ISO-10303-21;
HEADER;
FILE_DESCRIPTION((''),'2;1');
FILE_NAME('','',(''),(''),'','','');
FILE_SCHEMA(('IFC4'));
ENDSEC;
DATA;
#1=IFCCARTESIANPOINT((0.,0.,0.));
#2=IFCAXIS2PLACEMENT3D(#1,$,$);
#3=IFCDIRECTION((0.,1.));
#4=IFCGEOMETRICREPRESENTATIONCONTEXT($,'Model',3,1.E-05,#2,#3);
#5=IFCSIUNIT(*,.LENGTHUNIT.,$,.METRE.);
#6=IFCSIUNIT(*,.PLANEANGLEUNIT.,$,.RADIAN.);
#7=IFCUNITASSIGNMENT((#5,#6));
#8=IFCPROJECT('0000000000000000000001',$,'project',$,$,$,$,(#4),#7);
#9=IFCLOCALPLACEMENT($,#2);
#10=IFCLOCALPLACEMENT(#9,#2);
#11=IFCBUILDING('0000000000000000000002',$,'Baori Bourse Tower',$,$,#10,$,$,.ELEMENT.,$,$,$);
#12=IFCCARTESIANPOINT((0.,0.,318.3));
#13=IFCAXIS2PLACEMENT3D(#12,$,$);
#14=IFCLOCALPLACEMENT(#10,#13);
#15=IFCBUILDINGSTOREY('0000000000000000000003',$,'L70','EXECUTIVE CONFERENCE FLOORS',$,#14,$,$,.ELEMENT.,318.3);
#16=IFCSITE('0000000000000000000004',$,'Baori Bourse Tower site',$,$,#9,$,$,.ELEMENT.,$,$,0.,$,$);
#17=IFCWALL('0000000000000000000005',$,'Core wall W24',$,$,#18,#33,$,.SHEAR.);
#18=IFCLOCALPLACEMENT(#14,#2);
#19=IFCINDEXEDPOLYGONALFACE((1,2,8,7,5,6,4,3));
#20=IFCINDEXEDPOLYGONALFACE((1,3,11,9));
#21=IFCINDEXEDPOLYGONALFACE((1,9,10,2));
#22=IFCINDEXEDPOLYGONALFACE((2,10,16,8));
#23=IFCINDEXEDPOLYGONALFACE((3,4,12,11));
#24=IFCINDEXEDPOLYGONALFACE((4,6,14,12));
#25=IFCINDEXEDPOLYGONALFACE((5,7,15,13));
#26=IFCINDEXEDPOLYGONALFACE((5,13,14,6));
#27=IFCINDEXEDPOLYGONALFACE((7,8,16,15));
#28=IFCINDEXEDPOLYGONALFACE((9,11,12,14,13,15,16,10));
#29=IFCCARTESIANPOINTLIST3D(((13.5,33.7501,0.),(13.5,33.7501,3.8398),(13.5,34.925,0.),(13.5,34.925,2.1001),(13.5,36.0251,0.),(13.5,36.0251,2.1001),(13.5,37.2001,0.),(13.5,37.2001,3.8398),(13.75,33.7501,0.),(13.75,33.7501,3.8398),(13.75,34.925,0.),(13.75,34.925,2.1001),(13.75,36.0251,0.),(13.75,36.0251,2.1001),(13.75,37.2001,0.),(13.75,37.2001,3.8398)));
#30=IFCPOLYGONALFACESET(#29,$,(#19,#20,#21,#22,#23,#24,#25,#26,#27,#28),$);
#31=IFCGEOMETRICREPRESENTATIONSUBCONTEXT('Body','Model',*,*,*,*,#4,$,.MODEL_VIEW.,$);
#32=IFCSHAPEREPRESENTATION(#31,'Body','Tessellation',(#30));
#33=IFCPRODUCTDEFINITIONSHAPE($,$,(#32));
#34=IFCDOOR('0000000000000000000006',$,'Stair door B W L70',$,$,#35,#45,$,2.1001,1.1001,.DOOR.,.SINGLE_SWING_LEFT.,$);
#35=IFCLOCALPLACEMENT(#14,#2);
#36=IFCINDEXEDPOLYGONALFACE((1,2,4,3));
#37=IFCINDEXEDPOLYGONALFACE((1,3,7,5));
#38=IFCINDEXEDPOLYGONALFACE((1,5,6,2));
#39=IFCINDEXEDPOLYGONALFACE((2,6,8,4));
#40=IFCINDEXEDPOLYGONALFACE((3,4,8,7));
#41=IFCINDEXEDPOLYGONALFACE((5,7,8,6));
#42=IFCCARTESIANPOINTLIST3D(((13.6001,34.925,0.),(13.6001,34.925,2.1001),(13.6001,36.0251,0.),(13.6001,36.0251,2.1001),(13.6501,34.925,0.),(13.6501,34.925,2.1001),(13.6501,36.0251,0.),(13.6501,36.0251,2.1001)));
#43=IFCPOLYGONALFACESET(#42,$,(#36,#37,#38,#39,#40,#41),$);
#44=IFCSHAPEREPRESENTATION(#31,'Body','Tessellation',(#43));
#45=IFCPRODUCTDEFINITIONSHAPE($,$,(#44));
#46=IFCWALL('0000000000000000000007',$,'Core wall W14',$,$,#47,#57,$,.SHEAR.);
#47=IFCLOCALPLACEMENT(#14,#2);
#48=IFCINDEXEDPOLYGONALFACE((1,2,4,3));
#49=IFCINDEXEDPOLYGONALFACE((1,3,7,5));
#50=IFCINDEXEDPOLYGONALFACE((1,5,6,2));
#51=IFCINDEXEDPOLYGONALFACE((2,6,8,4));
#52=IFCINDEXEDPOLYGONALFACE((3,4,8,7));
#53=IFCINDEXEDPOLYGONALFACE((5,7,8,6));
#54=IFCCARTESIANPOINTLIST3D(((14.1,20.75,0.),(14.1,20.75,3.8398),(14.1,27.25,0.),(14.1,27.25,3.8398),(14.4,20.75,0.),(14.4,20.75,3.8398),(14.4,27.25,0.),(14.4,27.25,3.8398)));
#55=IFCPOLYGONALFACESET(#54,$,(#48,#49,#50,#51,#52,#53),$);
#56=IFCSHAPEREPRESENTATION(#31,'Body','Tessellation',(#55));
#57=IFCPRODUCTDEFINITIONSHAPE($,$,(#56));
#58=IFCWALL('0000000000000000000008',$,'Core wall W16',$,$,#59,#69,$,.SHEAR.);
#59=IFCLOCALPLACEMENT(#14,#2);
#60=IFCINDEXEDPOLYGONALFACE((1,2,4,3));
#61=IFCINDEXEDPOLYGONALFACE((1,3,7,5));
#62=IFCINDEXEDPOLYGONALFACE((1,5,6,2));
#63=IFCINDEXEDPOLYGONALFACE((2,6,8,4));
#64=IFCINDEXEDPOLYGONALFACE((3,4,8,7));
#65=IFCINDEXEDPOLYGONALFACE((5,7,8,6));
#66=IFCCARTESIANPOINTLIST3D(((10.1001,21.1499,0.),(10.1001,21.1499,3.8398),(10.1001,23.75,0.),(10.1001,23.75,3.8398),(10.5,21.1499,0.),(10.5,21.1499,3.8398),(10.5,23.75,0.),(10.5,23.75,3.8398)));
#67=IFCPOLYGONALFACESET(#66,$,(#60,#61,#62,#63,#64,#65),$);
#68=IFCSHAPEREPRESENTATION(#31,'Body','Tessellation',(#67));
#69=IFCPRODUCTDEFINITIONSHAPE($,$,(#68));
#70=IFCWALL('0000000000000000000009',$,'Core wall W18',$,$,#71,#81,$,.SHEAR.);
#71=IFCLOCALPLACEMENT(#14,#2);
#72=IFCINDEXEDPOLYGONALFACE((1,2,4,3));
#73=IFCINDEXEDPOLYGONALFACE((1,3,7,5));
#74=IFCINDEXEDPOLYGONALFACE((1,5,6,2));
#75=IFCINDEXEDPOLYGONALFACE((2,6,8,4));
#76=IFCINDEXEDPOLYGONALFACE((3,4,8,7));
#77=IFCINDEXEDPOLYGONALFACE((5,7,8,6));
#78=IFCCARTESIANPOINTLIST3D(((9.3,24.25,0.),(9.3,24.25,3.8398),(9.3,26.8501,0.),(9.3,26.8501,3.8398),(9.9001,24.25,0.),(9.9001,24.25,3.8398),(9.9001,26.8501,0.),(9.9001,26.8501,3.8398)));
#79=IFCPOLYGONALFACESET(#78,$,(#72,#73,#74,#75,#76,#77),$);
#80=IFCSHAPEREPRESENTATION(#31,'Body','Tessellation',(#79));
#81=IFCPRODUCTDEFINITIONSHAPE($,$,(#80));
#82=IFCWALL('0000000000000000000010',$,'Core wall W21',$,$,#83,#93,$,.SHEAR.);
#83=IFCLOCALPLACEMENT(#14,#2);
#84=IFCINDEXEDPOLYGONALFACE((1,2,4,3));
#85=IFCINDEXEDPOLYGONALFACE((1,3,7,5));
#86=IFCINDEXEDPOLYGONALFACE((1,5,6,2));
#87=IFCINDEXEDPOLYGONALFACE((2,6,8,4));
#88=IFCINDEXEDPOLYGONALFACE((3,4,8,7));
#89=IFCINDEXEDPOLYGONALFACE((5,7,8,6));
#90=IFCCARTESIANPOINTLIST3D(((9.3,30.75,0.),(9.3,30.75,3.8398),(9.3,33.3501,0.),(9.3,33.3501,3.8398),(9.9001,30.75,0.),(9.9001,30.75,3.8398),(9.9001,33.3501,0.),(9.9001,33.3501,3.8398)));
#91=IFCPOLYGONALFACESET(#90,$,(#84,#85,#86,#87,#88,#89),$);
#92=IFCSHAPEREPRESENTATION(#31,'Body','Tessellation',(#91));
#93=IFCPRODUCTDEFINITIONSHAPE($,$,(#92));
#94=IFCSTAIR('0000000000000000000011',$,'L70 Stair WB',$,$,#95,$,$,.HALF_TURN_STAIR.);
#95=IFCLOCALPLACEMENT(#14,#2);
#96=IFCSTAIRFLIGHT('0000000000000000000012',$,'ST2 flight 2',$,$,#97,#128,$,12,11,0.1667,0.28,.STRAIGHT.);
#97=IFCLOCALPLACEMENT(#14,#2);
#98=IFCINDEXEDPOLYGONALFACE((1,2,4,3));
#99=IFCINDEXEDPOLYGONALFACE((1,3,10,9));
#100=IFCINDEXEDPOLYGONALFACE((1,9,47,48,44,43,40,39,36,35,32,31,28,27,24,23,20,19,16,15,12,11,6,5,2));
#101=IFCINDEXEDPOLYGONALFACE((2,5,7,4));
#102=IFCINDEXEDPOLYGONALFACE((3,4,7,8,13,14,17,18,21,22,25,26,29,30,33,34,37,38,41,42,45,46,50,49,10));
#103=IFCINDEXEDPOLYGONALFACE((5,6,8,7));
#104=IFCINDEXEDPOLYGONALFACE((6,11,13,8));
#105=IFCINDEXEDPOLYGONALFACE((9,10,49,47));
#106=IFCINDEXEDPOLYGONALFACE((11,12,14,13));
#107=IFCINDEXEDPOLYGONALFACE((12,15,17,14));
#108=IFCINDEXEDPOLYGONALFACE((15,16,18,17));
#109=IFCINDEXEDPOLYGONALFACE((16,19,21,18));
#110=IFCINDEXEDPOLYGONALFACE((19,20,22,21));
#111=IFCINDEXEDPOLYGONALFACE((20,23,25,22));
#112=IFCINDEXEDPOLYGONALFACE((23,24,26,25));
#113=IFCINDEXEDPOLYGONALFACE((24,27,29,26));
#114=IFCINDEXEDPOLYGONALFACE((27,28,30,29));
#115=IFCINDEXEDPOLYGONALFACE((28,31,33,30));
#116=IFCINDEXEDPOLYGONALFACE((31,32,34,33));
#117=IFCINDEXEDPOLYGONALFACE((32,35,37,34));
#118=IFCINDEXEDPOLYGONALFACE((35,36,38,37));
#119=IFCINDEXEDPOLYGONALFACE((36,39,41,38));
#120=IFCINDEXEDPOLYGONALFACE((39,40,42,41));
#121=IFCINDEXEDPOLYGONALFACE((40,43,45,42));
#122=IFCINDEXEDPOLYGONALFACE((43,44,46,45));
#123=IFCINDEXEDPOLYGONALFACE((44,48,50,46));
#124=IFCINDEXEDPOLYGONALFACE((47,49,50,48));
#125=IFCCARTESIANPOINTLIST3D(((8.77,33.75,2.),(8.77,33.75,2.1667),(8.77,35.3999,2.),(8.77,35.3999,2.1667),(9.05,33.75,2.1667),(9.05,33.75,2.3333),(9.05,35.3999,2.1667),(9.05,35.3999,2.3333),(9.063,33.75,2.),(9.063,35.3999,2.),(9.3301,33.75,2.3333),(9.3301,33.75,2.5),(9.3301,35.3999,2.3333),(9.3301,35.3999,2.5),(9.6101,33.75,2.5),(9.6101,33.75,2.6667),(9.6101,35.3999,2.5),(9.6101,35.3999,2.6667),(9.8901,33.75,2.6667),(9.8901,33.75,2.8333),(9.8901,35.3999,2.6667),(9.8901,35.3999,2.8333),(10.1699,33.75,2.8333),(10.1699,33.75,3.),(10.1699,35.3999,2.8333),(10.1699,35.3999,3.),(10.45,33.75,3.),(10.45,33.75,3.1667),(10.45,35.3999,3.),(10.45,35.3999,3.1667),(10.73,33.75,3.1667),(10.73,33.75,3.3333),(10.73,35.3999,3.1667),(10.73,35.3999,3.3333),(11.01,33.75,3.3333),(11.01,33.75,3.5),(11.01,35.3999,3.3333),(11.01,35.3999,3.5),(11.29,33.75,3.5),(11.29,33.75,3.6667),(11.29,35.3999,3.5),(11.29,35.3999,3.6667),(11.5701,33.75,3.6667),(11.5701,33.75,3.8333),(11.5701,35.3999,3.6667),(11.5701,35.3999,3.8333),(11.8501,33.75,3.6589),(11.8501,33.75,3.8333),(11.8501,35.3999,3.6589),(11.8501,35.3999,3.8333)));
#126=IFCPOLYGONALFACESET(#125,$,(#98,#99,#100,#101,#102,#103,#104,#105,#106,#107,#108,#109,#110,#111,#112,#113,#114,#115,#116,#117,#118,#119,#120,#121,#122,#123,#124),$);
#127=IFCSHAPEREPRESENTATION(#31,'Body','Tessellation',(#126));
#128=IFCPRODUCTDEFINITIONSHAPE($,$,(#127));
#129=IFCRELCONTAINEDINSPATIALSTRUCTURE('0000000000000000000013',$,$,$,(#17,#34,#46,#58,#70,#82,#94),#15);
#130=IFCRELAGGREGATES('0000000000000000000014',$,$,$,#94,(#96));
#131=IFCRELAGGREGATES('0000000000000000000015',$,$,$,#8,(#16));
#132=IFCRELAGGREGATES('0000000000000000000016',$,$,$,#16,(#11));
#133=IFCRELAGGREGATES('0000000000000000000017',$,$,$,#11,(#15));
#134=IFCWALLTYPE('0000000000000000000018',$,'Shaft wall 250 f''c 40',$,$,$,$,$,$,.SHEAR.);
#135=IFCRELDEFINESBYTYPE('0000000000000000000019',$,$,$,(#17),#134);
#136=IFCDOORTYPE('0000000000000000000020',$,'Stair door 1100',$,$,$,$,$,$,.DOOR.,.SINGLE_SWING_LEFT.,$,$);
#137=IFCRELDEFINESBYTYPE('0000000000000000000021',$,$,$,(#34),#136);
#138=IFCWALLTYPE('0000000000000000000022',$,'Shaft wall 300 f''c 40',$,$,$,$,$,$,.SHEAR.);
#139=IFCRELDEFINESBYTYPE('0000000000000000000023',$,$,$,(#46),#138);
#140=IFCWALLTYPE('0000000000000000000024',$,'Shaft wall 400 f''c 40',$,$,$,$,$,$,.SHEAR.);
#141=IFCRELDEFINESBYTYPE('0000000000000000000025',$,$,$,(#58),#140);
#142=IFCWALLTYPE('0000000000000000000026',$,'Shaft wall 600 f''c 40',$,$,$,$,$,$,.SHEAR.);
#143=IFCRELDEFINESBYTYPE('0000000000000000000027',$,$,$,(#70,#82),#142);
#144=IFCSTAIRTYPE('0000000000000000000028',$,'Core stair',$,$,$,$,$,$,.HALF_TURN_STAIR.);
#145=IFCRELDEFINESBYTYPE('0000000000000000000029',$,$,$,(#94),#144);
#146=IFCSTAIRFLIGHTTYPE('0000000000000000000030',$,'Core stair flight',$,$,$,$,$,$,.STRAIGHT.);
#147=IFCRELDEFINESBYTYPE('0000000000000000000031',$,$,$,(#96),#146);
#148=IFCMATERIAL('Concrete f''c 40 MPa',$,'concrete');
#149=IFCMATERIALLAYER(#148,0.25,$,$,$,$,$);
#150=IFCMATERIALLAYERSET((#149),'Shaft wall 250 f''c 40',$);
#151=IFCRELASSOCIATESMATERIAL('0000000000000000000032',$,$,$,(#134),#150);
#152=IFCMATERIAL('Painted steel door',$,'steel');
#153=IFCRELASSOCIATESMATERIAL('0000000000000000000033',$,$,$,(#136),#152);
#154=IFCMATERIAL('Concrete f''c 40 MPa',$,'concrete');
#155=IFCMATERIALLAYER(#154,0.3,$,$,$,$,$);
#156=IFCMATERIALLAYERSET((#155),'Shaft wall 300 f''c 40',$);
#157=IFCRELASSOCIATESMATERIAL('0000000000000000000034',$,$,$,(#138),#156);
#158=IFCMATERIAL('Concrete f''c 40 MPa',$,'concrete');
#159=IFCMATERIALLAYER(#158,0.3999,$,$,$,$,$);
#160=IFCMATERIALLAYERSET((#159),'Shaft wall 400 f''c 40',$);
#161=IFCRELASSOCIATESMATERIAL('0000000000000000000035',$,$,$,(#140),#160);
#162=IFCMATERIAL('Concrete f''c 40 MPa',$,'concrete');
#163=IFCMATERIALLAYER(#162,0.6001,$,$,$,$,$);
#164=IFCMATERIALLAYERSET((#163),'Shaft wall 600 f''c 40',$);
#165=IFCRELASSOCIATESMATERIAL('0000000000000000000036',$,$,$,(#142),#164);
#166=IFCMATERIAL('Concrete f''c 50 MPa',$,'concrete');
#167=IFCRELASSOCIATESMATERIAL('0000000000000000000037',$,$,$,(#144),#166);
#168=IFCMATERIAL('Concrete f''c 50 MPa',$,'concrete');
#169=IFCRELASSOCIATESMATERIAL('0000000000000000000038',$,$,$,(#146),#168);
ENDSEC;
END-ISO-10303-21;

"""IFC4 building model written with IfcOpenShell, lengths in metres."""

from ifc_helpers import new_model, si_unit, direction, frame, frame_2d, origin, place, context, subcontext, project, spatial, polyline, rectangle, outline, extrude, material, layer, layer_set, type_object, element, fill, aggregate, save


model = new_model("IFC4")

# Units and contexts
model_context = context("Model", 3, precision=1e-05, world=origin(), true_north=direction((0.0, 1.0)))
body_context = subcontext(model_context, "Body", "Model", "MODEL_VIEW")
ifc_project = project(units=[si_unit("LENGTHUNIT", "METRE"), si_unit("PLANEANGLEUNIT", "RADIAN")], contexts=[model_context])

# Site, building, storey
site_placement = place(None, origin())
site = spatial("IfcSite", under=ifc_project, at=site_placement, Name="Baori Bourse Tower site", CompositionType="ELEMENT", RefElevation=0.0)
building_placement = place(site_placement, origin())
building = spatial("IfcBuilding", under=site, at=building_placement, Name="Baori Bourse Tower", CompositionType="ELEMENT")
storey_placement = place(building_placement, frame((0.0, 0.0, 318.3)))
storey = spatial("IfcBuildingStorey", under=building, at=storey_placement, Name="L70", Description="EXECUTIVE CONFERENCE FLOORS", CompositionType="ELEMENT", Elevation=318.3)

# Wall, opening, door
ifc_material_1 = material(Name="Concrete f'c 40 MPa", Category="concrete")
ifc_layer_1 = layer(ifc_material_1, 0.25)
ifc_layer_set_1 = layer_set([ifc_layer_1], Name="Shaft wall 250 f'c 40")
wall_type_1 = type_object("IfcWallType", Name="Shaft wall 250 f'c 40", PredefinedType="SHEAR", material=ifc_layer_set_1)
wall_1_placement = place(storey_placement, frame((13.625, 33.75, 0.0), z_axis=(0.0, 0.0, 1.0), x_axis=(0.0, 1.0, 0.0)))
wall_1 = element("IfcWall", 1, at=wall_1_placement, inside=storey, type_object=wall_type_1, Name="Core wall W24", PredefinedType="SHEAR", context=body_context, shape_type="SweptSolid", body=[
    extrude(rectangle(XDim=3.45, YDim=0.25, at=frame_2d((1.7251, 0.0))), origin(), (0.0, 0.0, 1.0), 3.8398),
])
opening_placement = place(wall_1_placement, frame((1.175, 0.0, 0.0)))
opening = element("IfcOpeningElement", 2, at=opening_placement, cuts=wall_1, PredefinedType="OPENING", context=body_context, shape_type="SweptSolid", body=[
    extrude(rectangle(XDim=1.1001, YDim=2.1001, at=frame_2d((0.55, 1.05))), frame((0.0, 0.135, 0.0), z_axis=(0.0, -1.0, 0.0), x_axis=(1.0, 0.0, 0.0)), (0.0, 0.0, 1.0), 0.27),
])
ifc_material_2 = material(Name="Painted steel door", Category="steel")
door_type = type_object("IfcDoorType", Name="Stair door 1100", OperationType="SINGLE_SWING_LEFT", PredefinedType="DOOR", material=ifc_material_2)
door_placement = place(opening_placement, origin())
door = element("IfcDoor", 3, at=door_placement, inside=storey, type_object=door_type, Name="Stair door B W L70", OperationType="SINGLE_SWING_LEFT", OverallHeight=2.1001, OverallWidth=1.1001, PredefinedType="DOOR", context=body_context, shape_type="SweptSolid", body=[
    extrude(rectangle(XDim=1.1001, YDim=2.1001, at=frame_2d((0.55, 1.05))), frame((0.0, 0.0249, 0.0), z_axis=(0.0, -1.0, 0.0), x_axis=(1.0, 0.0, 0.0)), (0.0, 0.0, 1.0), 0.05),
])
fill(opening, door)

# Walls
ifc_material_3 = material(Name="Concrete f'c 40 MPa", Category="concrete")
ifc_layer_2 = layer(ifc_material_3, 0.3)
ifc_layer_set_2 = layer_set([ifc_layer_2], Name="Shaft wall 300 f'c 40")
wall_type_2 = type_object("IfcWallType", Name="Shaft wall 300 f'c 40", PredefinedType="SHEAR", material=ifc_layer_set_2)
wall_2_placement = place(storey_placement, frame((14.25, 20.75, 0.0), z_axis=(0.0, 0.0, 1.0), x_axis=(0.0, 1.0, 0.0)))
element("IfcWall", 4, at=wall_2_placement, inside=storey, type_object=wall_type_2, Name="Core wall W14", PredefinedType="SHEAR", context=body_context, shape_type="SweptSolid", body=[
    extrude(rectangle(XDim=6.5, YDim=0.3, at=frame_2d((3.25, 0.0))), origin(), (0.0, 0.0, 1.0), 3.8398),
])
ifc_material_4 = material(Name="Concrete f'c 40 MPa", Category="concrete")
ifc_layer_3 = layer(ifc_material_4, 0.3999)
ifc_layer_set_3 = layer_set([ifc_layer_3], Name="Shaft wall 400 f'c 40")
wall_type_3 = type_object("IfcWallType", Name="Shaft wall 400 f'c 40", PredefinedType="SHEAR", material=ifc_layer_set_3)
wall_3_placement = place(storey_placement, frame((10.3, 21.1499, 0.0), z_axis=(0.0, 0.0, 1.0), x_axis=(0.0, 1.0, 0.0)))
element("IfcWall", 5, at=wall_3_placement, inside=storey, type_object=wall_type_3, Name="Core wall W16", PredefinedType="SHEAR", context=body_context, shape_type="SweptSolid", body=[
    extrude(rectangle(XDim=2.6001, YDim=0.3999, at=frame_2d((1.3, 0.0))), origin(), (0.0, 0.0, 1.0), 3.8398),
])
ifc_material_5 = material(Name="Concrete f'c 40 MPa", Category="concrete")
ifc_layer_4 = layer(ifc_material_5, 0.6001)
ifc_layer_set_4 = layer_set([ifc_layer_4], Name="Shaft wall 600 f'c 40")
wall_type_4 = type_object("IfcWallType", Name="Shaft wall 600 f'c 40", PredefinedType="SHEAR", material=ifc_layer_set_4)
for number, where, z_axis, x_axis, name in (
    (6, (9.6001, 24.25, 0.0), (0.0, 0.0, 1.0), (0.0, 1.0, 0.0), "Core wall W18"),
    (7, (9.6001, 30.75, 0.0), (0.0, 0.0, 1.0), (0.0, 1.0, 0.0), "Core wall W21"),
):
    element("IfcWall", number, at=place(storey_placement, frame(where, z_axis=z_axis, x_axis=x_axis)), inside=storey, type_object=wall_type_4, Name=name, PredefinedType="SHEAR", context=body_context, shape_type="SweptSolid", body=[
        extrude(rectangle(XDim=2.6001, YDim=0.6001, at=frame_2d((1.3, 0.0))), origin(), (0.0, 0.0, 1.0), 3.8398),
    ])

# Stair, stair flight
ifc_material_6 = material(Name="Concrete f'c 50 MPa", Category="concrete")
stair_type = type_object("IfcStairType", Name="Core stair", PredefinedType="HALF_TURN_STAIR", material=ifc_material_6)
stair_placement = place(storey_placement, origin())
stair = element("IfcStair", 8, at=stair_placement, inside=storey, type_object=stair_type, Name="L70 Stair WB", PredefinedType="HALF_TURN_STAIR")
ifc_material_7 = material(Name="Concrete f'c 50 MPa", Category="concrete")
stair_flight_type = type_object("IfcStairFlightType", Name="Core stair flight", PredefinedType="STRAIGHT", material=ifc_material_7)
stair_flight_placement = place(storey_placement, frame((8.77, 34.575, 2.0), z_axis=(0.0, 0.0, 1.0), x_axis=(1.0, 0.0, 0.0)))
stair_flight = element("IfcStairFlight", 9, at=stair_flight_placement, type_object=stair_flight_type, Name="ST2 flight 2", NumberOfRisers=12, NumberOfTreads=11, PredefinedType="STRAIGHT", RiserHeight=0.1667, TreadLength=0.28, context=body_context, shape_type="SweptSolid", body=[
    extrude(outline(polyline([(0.0, 0.0), (0.0, 0.1667), (0.28, 0.1667), (0.28, 0.3333), (0.5601, 0.3333), (0.5601, 0.5), (0.8401, 0.5), (0.8401, 0.6667), (1.1201, 0.6667), (1.1201, 0.8333), (1.3999, 0.8333), (1.3999, 1.0), (1.6799, 1.0), (1.6799, 1.1667), (1.96, 1.1667), (1.96, 1.3333), (2.24, 1.3333), (2.24, 1.5), (2.52, 1.5), (2.52, 1.6667), (2.8, 1.6667), (2.8, 1.8333), (3.0801, 1.8333), (3.0801, 2.0), (3.0801, 1.6589), (0.293, 0.0), (0.0, 0.0)])), frame((0.0, 0.825, 0.0), z_axis=(0.0, -1.0, 0.0), x_axis=(1.0, 0.0, 0.0)), (0.0, 0.0, 1.0), 1.6499),
])
aggregate(stair, [stair_flight])

save(model, "model.ifc")
